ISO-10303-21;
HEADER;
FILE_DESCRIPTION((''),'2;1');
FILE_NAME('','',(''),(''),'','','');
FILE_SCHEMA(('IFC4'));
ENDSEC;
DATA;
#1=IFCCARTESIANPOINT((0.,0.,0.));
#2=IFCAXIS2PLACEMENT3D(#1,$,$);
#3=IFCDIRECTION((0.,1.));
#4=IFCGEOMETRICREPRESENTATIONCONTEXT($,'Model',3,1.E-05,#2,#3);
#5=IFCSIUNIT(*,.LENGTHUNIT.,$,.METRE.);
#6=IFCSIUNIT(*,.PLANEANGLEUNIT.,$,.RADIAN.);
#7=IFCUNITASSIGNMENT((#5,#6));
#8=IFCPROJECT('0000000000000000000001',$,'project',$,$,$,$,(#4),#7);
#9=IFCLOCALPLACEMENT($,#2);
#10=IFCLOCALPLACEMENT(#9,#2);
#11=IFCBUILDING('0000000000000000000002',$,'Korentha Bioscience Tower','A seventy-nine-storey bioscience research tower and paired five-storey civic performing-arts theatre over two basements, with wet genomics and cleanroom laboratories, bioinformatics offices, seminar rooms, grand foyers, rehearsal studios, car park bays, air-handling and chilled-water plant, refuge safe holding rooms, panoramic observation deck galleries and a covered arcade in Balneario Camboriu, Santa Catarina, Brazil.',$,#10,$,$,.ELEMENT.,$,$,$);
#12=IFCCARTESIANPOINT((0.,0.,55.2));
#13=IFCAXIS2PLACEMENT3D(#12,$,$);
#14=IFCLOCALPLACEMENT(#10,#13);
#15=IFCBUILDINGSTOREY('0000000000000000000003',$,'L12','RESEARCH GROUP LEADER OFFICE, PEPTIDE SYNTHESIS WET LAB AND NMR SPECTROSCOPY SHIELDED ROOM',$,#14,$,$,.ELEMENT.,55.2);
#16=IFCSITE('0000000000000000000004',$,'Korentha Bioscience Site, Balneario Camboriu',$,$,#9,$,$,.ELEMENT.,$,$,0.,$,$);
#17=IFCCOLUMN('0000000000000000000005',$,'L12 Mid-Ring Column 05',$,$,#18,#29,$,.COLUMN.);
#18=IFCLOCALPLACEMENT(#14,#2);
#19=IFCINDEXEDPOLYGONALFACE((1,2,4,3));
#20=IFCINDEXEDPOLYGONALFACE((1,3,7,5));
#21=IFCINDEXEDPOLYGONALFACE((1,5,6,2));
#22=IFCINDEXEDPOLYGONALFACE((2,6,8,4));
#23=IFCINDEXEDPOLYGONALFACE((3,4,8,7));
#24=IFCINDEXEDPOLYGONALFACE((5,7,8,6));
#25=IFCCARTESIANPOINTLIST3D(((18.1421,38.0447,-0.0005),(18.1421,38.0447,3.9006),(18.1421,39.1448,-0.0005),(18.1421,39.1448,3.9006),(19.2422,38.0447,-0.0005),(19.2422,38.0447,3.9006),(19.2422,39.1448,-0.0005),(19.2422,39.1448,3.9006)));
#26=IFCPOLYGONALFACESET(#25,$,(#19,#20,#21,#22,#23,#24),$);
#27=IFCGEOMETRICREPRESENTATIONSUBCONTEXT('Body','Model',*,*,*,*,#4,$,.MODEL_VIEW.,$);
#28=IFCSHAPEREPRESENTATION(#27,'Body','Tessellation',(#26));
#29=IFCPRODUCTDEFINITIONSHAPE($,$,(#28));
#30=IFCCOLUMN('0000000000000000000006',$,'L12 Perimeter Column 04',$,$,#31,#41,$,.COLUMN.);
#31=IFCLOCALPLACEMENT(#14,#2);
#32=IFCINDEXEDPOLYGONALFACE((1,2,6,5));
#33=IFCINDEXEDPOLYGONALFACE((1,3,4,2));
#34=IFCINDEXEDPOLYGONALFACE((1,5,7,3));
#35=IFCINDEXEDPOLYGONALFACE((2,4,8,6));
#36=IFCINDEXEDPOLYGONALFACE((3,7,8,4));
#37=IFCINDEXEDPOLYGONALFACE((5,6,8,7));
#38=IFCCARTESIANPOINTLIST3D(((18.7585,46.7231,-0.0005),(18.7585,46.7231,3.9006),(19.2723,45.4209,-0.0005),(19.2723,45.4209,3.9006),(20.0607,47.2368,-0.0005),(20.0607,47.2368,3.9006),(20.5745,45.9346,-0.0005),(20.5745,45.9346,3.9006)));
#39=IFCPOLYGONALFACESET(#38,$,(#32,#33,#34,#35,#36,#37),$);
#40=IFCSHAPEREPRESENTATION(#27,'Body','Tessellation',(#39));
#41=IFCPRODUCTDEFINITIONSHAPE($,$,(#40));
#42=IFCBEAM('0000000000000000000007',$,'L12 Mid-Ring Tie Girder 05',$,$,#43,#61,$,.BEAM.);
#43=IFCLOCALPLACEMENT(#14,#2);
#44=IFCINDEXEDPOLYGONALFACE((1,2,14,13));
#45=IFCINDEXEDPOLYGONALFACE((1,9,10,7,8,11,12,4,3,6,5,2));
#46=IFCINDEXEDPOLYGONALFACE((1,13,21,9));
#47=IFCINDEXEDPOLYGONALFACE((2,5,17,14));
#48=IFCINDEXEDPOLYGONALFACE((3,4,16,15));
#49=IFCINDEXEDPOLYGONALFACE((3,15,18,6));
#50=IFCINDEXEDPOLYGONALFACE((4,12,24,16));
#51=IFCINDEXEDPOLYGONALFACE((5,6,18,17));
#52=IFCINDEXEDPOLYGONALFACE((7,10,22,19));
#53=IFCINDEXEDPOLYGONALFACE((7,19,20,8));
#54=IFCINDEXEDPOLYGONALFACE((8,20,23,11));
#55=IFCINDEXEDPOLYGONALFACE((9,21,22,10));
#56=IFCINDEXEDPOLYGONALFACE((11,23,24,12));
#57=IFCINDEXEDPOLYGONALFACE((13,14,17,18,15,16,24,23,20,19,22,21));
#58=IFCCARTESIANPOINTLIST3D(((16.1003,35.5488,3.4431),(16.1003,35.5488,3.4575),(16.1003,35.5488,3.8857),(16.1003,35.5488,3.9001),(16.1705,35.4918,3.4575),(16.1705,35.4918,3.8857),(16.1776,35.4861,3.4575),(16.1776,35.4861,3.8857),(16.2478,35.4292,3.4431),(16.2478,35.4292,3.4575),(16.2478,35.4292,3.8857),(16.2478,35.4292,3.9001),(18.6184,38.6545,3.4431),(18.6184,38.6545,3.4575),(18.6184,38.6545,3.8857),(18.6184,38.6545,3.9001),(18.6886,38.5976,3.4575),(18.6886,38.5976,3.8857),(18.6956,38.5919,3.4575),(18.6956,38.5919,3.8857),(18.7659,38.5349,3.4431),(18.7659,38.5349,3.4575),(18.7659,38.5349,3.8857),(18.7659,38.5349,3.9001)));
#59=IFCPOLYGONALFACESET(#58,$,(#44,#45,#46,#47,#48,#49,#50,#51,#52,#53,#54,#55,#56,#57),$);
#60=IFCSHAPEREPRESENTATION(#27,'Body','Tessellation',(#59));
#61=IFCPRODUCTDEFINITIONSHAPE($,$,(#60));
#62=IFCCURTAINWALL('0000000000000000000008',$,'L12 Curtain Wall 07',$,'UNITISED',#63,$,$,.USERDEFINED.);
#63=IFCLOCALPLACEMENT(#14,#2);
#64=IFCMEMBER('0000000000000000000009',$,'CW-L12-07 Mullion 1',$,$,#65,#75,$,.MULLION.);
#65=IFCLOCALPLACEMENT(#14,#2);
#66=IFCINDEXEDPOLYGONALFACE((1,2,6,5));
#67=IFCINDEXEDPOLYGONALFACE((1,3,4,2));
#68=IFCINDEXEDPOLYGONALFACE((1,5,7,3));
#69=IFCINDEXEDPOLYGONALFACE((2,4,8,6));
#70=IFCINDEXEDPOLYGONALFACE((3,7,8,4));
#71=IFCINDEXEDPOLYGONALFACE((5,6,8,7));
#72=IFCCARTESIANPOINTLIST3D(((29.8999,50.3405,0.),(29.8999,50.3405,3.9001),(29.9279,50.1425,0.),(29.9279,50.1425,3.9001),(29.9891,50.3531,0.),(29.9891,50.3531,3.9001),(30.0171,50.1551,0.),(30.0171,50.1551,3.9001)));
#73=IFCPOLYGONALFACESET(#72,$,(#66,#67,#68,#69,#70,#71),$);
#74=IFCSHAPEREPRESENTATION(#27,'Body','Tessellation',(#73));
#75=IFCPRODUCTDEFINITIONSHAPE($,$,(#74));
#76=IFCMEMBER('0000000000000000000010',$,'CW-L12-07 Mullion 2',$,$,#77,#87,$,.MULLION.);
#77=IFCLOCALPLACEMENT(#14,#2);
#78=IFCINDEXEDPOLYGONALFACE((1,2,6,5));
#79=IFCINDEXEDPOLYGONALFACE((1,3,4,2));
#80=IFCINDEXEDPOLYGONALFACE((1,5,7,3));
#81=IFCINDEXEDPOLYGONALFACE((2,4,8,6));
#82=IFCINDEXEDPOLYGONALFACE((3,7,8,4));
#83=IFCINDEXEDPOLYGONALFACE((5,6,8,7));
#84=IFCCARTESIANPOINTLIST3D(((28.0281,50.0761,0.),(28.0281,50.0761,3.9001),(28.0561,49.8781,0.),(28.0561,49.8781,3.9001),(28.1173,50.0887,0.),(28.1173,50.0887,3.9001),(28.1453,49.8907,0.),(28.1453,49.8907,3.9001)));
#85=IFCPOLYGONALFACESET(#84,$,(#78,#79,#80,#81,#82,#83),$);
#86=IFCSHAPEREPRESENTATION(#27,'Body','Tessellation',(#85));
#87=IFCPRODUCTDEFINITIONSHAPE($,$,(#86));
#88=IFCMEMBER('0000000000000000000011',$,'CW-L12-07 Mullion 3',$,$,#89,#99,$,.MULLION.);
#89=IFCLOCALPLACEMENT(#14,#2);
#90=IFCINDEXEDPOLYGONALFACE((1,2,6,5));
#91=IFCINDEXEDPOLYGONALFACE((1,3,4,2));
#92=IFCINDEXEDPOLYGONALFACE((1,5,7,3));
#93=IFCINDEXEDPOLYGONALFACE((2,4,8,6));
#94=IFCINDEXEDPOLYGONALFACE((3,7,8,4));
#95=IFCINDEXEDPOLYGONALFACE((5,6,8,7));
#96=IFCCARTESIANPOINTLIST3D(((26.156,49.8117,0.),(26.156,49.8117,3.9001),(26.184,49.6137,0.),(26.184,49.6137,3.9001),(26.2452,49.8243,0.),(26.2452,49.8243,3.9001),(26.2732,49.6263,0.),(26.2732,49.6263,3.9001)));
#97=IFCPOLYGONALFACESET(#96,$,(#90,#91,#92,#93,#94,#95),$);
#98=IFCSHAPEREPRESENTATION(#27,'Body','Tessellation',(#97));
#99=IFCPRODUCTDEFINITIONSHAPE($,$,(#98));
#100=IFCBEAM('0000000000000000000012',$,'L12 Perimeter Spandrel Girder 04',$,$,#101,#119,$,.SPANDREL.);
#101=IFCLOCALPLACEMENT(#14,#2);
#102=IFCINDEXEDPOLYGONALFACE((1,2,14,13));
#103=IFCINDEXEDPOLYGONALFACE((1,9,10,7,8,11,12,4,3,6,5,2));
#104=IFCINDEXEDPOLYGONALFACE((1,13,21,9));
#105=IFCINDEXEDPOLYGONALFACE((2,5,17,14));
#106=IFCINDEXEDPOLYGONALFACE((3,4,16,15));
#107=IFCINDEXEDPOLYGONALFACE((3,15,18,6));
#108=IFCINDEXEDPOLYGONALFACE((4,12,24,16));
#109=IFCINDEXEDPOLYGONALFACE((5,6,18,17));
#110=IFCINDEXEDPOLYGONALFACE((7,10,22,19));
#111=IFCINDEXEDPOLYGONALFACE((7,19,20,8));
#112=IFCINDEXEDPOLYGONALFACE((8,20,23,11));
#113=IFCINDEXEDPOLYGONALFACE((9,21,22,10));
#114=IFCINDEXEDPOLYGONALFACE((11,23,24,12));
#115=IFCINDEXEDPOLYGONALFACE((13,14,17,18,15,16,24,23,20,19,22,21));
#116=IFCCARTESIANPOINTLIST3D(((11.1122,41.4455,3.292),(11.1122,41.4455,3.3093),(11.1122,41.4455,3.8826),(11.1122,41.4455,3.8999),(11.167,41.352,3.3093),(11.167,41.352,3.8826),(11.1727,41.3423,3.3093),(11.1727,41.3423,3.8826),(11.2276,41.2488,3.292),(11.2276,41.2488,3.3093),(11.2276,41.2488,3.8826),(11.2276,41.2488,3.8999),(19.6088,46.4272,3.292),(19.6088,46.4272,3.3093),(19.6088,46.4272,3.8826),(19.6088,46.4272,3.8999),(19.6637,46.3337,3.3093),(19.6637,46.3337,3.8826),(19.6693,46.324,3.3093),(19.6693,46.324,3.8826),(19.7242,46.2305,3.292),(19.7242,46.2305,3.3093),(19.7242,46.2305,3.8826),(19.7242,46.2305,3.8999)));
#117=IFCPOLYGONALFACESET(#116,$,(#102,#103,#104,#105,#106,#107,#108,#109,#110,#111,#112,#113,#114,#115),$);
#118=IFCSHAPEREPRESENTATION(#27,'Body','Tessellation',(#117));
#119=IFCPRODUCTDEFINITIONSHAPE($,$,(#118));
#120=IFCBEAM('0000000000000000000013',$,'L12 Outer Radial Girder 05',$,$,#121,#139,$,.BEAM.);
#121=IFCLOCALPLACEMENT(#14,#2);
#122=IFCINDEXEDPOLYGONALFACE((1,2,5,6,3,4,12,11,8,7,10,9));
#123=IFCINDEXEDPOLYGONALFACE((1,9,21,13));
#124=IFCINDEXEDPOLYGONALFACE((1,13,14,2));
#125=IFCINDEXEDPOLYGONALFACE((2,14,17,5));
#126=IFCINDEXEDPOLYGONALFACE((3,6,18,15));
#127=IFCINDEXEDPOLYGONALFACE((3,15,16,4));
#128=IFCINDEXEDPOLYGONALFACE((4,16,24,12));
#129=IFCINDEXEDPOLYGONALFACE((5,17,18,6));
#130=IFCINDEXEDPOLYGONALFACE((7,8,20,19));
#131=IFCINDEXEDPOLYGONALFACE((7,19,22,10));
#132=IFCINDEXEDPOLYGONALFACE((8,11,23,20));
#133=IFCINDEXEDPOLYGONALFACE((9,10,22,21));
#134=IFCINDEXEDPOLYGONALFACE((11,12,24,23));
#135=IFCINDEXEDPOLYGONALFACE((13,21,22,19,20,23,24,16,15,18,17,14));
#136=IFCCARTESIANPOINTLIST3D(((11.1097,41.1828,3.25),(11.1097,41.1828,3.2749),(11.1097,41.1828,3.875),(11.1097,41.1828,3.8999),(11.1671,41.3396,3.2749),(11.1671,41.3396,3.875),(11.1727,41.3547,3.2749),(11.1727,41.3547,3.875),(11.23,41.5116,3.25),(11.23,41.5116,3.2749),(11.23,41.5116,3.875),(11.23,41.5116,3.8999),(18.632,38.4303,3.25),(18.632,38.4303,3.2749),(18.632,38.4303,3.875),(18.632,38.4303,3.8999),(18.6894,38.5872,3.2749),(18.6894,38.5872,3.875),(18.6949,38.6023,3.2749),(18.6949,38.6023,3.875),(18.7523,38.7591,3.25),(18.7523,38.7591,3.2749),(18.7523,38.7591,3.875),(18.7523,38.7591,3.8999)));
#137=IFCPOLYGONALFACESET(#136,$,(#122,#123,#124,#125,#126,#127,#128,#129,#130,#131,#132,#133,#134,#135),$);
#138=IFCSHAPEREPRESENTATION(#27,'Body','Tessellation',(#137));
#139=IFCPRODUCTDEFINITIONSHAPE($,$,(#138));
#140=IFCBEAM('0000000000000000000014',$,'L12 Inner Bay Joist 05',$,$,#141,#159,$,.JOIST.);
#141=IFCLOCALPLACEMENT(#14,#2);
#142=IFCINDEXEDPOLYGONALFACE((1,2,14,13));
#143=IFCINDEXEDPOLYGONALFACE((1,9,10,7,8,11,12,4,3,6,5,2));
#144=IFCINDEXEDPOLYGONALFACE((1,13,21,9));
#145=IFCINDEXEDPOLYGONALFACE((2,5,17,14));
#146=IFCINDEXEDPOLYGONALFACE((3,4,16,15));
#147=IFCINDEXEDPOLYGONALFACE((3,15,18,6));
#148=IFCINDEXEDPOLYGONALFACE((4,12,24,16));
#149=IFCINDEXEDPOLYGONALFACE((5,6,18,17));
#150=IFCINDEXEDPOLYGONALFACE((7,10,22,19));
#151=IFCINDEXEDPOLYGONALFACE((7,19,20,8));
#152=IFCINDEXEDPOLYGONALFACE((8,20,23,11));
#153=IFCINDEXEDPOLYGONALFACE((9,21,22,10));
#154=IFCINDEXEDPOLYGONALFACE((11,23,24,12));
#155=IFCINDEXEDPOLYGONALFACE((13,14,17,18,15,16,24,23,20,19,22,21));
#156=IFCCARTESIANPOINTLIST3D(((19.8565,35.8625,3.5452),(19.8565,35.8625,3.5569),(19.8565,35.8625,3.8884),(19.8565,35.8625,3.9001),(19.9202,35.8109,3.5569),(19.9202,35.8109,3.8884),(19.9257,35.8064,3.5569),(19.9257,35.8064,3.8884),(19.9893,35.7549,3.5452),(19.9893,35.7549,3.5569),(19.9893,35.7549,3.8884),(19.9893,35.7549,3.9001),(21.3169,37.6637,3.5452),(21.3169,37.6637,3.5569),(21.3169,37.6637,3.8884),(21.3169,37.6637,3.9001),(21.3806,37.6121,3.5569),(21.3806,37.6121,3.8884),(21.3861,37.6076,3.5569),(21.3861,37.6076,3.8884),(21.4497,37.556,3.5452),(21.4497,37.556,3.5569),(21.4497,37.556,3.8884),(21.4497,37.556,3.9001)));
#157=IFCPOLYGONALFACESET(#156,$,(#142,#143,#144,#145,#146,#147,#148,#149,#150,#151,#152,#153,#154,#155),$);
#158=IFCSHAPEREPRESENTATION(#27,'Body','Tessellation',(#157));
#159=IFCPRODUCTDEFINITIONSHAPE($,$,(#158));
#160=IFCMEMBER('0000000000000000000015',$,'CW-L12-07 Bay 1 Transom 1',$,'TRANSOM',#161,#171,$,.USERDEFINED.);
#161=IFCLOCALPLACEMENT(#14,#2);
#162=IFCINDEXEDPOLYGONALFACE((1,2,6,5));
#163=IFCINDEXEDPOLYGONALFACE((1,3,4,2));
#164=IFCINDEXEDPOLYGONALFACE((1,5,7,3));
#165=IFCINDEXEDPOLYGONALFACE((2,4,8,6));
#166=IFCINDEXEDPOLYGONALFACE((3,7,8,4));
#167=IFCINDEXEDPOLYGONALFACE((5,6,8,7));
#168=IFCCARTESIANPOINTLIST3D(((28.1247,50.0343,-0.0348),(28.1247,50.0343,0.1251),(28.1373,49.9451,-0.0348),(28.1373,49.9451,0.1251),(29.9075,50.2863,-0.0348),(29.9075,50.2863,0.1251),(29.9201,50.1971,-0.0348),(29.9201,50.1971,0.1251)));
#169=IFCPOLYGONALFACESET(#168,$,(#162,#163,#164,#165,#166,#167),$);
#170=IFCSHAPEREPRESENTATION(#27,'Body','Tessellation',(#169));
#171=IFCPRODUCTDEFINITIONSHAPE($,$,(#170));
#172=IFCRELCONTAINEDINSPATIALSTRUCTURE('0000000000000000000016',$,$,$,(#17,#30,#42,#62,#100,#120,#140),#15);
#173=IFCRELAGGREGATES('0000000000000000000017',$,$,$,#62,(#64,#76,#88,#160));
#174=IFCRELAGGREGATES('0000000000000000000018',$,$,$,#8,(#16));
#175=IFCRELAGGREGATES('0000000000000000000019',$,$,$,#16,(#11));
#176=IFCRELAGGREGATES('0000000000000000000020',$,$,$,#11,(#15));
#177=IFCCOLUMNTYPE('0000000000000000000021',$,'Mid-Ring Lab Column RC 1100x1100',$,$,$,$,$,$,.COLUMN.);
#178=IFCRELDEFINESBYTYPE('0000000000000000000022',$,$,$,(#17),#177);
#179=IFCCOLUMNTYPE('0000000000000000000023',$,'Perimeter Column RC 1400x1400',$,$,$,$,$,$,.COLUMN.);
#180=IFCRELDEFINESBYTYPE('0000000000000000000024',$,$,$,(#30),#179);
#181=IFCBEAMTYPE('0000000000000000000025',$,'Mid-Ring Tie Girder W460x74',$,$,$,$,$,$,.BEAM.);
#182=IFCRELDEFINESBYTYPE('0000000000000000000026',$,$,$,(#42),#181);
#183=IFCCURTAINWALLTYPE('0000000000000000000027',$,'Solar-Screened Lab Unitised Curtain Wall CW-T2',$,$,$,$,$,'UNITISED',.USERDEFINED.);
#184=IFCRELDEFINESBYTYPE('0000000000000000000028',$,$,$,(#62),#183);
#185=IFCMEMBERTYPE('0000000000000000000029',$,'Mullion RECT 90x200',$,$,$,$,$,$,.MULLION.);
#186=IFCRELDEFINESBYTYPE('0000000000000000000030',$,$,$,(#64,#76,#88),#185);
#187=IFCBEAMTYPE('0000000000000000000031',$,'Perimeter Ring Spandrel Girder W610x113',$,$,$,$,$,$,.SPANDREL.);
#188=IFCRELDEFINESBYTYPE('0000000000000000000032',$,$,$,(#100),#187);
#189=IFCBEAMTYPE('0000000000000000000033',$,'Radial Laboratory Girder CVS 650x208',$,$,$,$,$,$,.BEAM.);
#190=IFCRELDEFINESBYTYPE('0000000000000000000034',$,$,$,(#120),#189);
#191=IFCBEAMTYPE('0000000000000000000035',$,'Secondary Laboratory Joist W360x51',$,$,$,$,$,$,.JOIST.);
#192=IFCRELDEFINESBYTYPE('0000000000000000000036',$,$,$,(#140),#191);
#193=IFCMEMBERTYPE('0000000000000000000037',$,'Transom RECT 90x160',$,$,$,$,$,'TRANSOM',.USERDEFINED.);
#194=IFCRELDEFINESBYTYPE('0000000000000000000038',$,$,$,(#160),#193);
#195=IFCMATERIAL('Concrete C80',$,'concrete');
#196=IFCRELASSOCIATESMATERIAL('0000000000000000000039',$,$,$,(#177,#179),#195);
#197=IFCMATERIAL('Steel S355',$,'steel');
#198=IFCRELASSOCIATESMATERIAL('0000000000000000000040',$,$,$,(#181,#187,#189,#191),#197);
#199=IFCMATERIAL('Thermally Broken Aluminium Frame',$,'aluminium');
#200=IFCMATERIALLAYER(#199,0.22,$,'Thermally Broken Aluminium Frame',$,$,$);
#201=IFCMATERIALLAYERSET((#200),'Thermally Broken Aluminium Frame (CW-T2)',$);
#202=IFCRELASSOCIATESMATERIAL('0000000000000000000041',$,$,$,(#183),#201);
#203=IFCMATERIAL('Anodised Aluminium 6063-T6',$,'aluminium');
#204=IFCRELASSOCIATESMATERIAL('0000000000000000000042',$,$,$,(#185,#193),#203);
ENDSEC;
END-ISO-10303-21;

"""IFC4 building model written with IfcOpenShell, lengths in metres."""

from ifc_helpers import new_model, si_unit, direction, frame, origin, origin_2d, place, context, subcontext, project, spatial, rectangle, i_section, extrude, material, layer, layer_set, material_profile, profile_set, type_object, element, aggregate, save


model = new_model("IFC4")

# Units and contexts
model_context = context("Model", 3, precision=1e-05, world=origin(), true_north=direction((0.0, 1.0)))
body_context = subcontext(model_context, "Body", "Model", "MODEL_VIEW")
ifc_project = project(units=[si_unit("LENGTHUNIT", "METRE"), si_unit("PLANEANGLEUNIT", "RADIAN")], contexts=[model_context])

# Site, building, storey
site_placement = place(None, origin())
site = spatial("IfcSite", under=ifc_project, at=site_placement, Name="Korentha Bioscience Site, Balneario Camboriu", CompositionType="ELEMENT", RefElevation=0.0)
building_placement = place(site_placement, origin())
building = spatial("IfcBuilding", under=site, at=building_placement, Name="Korentha Bioscience Tower", Description="A seventy-nine-storey bioscience research tower and paired five-storey civic performing-arts theatre over two basements, with wet genomics and cleanroom laboratories, bioinformatics offices, seminar rooms, grand foyers, rehearsal studios, car park bays, air-handling and chilled-water plant, refuge safe holding rooms, panoramic observation deck galleries and a covered arcade in Balneario Camboriu, Santa Catarina, Brazil.", CompositionType="ELEMENT")
storey_placement = place(building_placement, frame((0.0, 0.0, 55.2)))
storey = spatial("IfcBuildingStorey", under=building, at=storey_placement, Name="L12", Description="RESEARCH GROUP LEADER OFFICE, PEPTIDE SYNTHESIS WET LAB AND NMR SPECTROSCOPY SHIELDED ROOM", CompositionType="ELEMENT", Elevation=55.2)

# Columns
ifc_material_1 = material(Name="Concrete C80", Category="concrete")
ifc_material_profile_1 = material_profile(ifc_material_1, rectangle(XDim=1.1001, YDim=1.1001, at=origin_2d()), Name="Concrete C80")
ifc_profile_set_1 = profile_set([ifc_material_profile_1], Name="Concrete C80 (COL-MR11)")
column_type_1 = type_object("IfcColumnType", Name="Mid-Ring Lab Column RC 1100x1100", PredefinedType="COLUMN", material=ifc_profile_set_1)
column_1_placement = place(storey_placement, frame((18.6921, 38.5947, -0.0005), z_axis=(0.0, 0.0, 1.0), x_axis=(1.0, 0.0, 0.0)))
element("IfcColumn", 1, at=column_1_placement, inside=storey, type_object=column_type_1, Name="L12 Mid-Ring Column 05", PredefinedType="COLUMN", context=body_context, shape_type="SweptSolid", body=[
    extrude(rectangle(XDim=1.1001, YDim=1.1001, at=origin_2d()), origin(), (0.0, 0.0, 1.0), 3.9011),
])
ifc_material_profile_2 = material_profile(ifc_material_1, rectangle(XDim=1.3999, YDim=1.3999, at=origin_2d()), Name="Concrete C80")
ifc_profile_set_2 = profile_set([ifc_material_profile_2], Name="Concrete C80 (COL-P14)")
column_type_2 = type_object("IfcColumnType", Name="Perimeter Column RC 1400x1400", PredefinedType="COLUMN", material=ifc_profile_set_2)
column_2_placement = place(storey_placement, frame((19.6665, 46.3289, -0.0005), z_axis=(0.0, 0.0, 1.0), x_axis=(0.930226, 0.366988, 0.0)))
element("IfcColumn", 2, at=column_2_placement, inside=storey, type_object=column_type_2, Name="L12 Perimeter Column 04", PredefinedType="COLUMN", context=body_context, shape_type="SweptSolid", body=[
    extrude(rectangle(XDim=1.3999, YDim=1.3999, at=origin_2d()), origin(), (0.0, 0.0, 1.0), 3.9011),
])

# Beam
ifc_material_2 = material(Name="Steel S355", Category="steel")
ifc_material_profile_3 = material_profile(ifc_material_2, i_section(OverallWidth=0.1899, OverallDepth=0.457, WebThickness=0.009, FlangeThickness=0.0144, at=origin_2d()), Name="Steel S355")
ifc_profile_set_3 = profile_set([ifc_material_profile_3], Name="Steel S355 (MB-460)")
beam_type_1 = type_object("IfcBeamType", Name="Mid-Ring Tie Girder W460x74", PredefinedType="BEAM", material=ifc_profile_set_3)
beam_1_placement = place(storey_placement, frame((18.6921, 38.5947, 3.6716), z_axis=(-0.62979, -0.776765, 0.0), x_axis=(0.776765, -0.62979, 0.0)))
element("IfcBeam", 3, at=beam_1_placement, inside=storey, type_object=beam_type_1, Name="L12 Mid-Ring Tie Girder 05", PredefinedType="BEAM", context=body_context, shape_type="SweptSolid", body=[
    extrude(i_section(OverallWidth=0.1899, OverallDepth=0.457, WebThickness=0.009, FlangeThickness=0.0144, at=origin_2d()), origin(), (0.0, 0.0, 1.0), 3.9983),
])

# Curtain wall, members
ifc_material_3 = material(Name="Thermally Broken Aluminium Frame", Category="aluminium")
ifc_layer_1 = layer(ifc_material_3, 0.22, Name="Thermally Broken Aluminium Frame")
ifc_layer_set_1 = layer_set([ifc_layer_1], Name="Thermally Broken Aluminium Frame (CW-T2)")
curtain_wall_type = type_object("IfcCurtainWallType", Name="Solar-Screened Lab Unitised Curtain Wall CW-T2", ElementType="UNITISED", PredefinedType="USERDEFINED", material=ifc_layer_set_1)
curtain_wall_placement = place(storey_placement, origin())
curtain_wall = element("IfcCurtainWall", 4, at=curtain_wall_placement, inside=storey, type_object=curtain_wall_type, Name="L12 Curtain Wall 07", ObjectType="UNITISED", PredefinedType="USERDEFINED")
ifc_material_4 = material(Name="Anodised Aluminium 6063-T6", Category="aluminium")
ifc_material_profile_4 = material_profile(ifc_material_4, rectangle(XDim=0.0901, YDim=0.2, at=origin_2d()), Name="Anodised Aluminium 6063-T6")
ifc_profile_set_4 = profile_set([ifc_material_profile_4], Name="Anodised Aluminium 6063-T6 (CW-MUL)")
member_type_1 = type_object("IfcMemberType", Name="Mullion RECT 90x200", PredefinedType="MULLION", material=ifc_profile_set_4)
member_1_placement = place(storey_placement, frame((29.9585, 50.2478, 0.0), z_axis=(0.0, 0.0, 1.0), x_axis=(-0.990167, -0.139888, 0.0)))
member_1 = element("IfcMember", 5, at=member_1_placement, type_object=member_type_1, Name="CW-L12-07 Mullion 1", PredefinedType="MULLION", context=body_context, shape_type="SweptSolid", body=[
    extrude(rectangle(XDim=0.0901, YDim=0.2, at=origin_2d()), origin(), (0.0, 0.0, 1.0), 3.9001),
])
member_2_placement = place(storey_placement, frame((28.0867, 49.9834, 0.0), z_axis=(0.0, 0.0, 1.0), x_axis=(-0.990167, -0.139888, 0.0)))
member_2 = element("IfcMember", 6, at=member_2_placement, type_object=member_type_1, Name="CW-L12-07 Mullion 2", PredefinedType="MULLION", context=body_context, shape_type="SweptSolid", body=[
    extrude(rectangle(XDim=0.0901, YDim=0.2, at=origin_2d()), origin(), (0.0, 0.0, 1.0), 3.9001),
])
member_3_placement = place(storey_placement, frame((26.2146, 49.719, 0.0), z_axis=(0.0, 0.0, 1.0), x_axis=(-0.990167, -0.139888, 0.0)))
member_3 = element("IfcMember", 7, at=member_3_placement, type_object=member_type_1, Name="CW-L12-07 Mullion 3", PredefinedType="MULLION", context=body_context, shape_type="SweptSolid", body=[
    extrude(rectangle(XDim=0.0901, YDim=0.2, at=origin_2d()), origin(), (0.0, 0.0, 1.0), 3.9001),
])

# Beams
ifc_material_profile_5 = material_profile(ifc_material_2, i_section(OverallWidth=0.228, OverallDepth=0.6079, WebThickness=0.0112, FlangeThickness=0.0173, at=origin_2d()), Name="Steel S355")
ifc_profile_set_5 = profile_set([ifc_material_profile_5], Name="Steel S355 (SB-610)")
beam_type_2 = type_object("IfcBeamType", Name="Perimeter Ring Spandrel Girder W610x113", PredefinedType="SPANDREL", material=ifc_profile_set_5)
beam_2_placement = place(storey_placement, frame((19.6665, 46.3289, 3.5959), z_axis=(-0.862657, -0.50579, 0.0), x_axis=(0.50579, -0.862657, 0.0)))
element("IfcBeam", 8, at=beam_2_placement, inside=storey, type_object=beam_type_2, Name="L12 Perimeter Spandrel Girder 04", PredefinedType="SPANDREL", context=body_context, shape_type="SweptSolid", body=[
    extrude(i_section(OverallWidth=0.228, OverallDepth=0.6079, WebThickness=0.0112, FlangeThickness=0.0173, at=origin_2d()), origin(), (0.0, 0.0, 1.0), 9.8494),
])
ifc_material_profile_6 = material_profile(ifc_material_2, i_section(OverallWidth=0.3501, OverallDepth=0.6499, WebThickness=0.0161, FlangeThickness=0.0249, at=origin_2d()), Name="Steel S355")
ifc_profile_set_6 = profile_set([ifc_material_profile_6], Name="Steel S355 (RB-650)")
beam_type_3 = type_object("IfcBeamType", Name="Radial Laboratory Girder CVS 650x208", PredefinedType="BEAM", material=ifc_profile_set_6)
beam_3_placement = place(storey_placement, frame((18.6921, 38.5947, 3.575), z_axis=(-0.939106, 0.343627, 0.0), x_axis=(-0.343627, -0.939106, 0.0)))
element("IfcBeam", 9, at=beam_3_placement, inside=storey, type_object=beam_type_3, Name="L12 Outer Radial Girder 05", PredefinedType="BEAM", context=body_context, shape_type="SweptSolid", body=[
    extrude(i_section(OverallWidth=0.3501, OverallDepth=0.6499, WebThickness=0.0161, FlangeThickness=0.0249, at=origin_2d()), origin(), (0.0, 0.0, 1.0), 8.01),
])
ifc_material_profile_7 = material_profile(ifc_material_2, i_section(OverallWidth=0.1709, OverallDepth=0.355, WebThickness=0.0071, FlangeThickness=0.0117, at=origin_2d()), Name="Steel S355")
ifc_profile_set_7 = profile_set([ifc_material_profile_7], Name="Steel S355 (JB-360)")
beam_type_4 = type_object("IfcBeamType", Name="Secondary Laboratory Joist W360x51", PredefinedType="JOIST", material=ifc_profile_set_7)
beam_4_placement = place(storey_placement, frame((21.3833, 37.6099, 3.7227), z_axis=(-0.629792, -0.776764, 0.0), x_axis=(0.776764, -0.629792, 0.0)))
element("IfcBeam", 10, at=beam_4_placement, inside=storey, type_object=beam_type_4, Name="L12 Inner Bay Joist 05", PredefinedType="JOIST", context=body_context, shape_type="SweptSolid", body=[
    extrude(i_section(OverallWidth=0.1709, OverallDepth=0.355, WebThickness=0.0071, FlangeThickness=0.0117, at=origin_2d()), origin(), (0.0, 0.0, 1.0), 2.3188),
])

# Member
ifc_material_profile_8 = material_profile(ifc_material_4, rectangle(XDim=0.0901, YDim=0.1599, at=origin_2d()), Name="Anodised Aluminium 6063-T6")
ifc_profile_set_8 = profile_set([ifc_material_profile_8], Name="Anodised Aluminium 6063-T6 (CW-TRN)")
member_type_2 = type_object("IfcMemberType", Name="Transom RECT 90x160", ElementType="TRANSOM", PredefinedType="USERDEFINED", material=ifc_profile_set_8)
member_4_placement = place(storey_placement, frame((29.9138, 50.2417, 0.0452), z_axis=(-0.99016, -0.13994, 0.0), x_axis=(0.13994, -0.99016, 0.0)))
member_4 = element("IfcMember", 11, at=member_4_placement, type_object=member_type_2, Name="CW-L12-07 Bay 1 Transom 1", ObjectType="TRANSOM", PredefinedType="USERDEFINED", context=body_context, shape_type="SweptSolid", body=[
    extrude(rectangle(XDim=0.0901, YDim=0.1599, at=origin_2d()), origin(), (0.0, 0.0, 1.0), 1.8005),
])

aggregate(curtain_wall, [member_1, member_2, member_3, member_4])

save(model, "model.ifc")
